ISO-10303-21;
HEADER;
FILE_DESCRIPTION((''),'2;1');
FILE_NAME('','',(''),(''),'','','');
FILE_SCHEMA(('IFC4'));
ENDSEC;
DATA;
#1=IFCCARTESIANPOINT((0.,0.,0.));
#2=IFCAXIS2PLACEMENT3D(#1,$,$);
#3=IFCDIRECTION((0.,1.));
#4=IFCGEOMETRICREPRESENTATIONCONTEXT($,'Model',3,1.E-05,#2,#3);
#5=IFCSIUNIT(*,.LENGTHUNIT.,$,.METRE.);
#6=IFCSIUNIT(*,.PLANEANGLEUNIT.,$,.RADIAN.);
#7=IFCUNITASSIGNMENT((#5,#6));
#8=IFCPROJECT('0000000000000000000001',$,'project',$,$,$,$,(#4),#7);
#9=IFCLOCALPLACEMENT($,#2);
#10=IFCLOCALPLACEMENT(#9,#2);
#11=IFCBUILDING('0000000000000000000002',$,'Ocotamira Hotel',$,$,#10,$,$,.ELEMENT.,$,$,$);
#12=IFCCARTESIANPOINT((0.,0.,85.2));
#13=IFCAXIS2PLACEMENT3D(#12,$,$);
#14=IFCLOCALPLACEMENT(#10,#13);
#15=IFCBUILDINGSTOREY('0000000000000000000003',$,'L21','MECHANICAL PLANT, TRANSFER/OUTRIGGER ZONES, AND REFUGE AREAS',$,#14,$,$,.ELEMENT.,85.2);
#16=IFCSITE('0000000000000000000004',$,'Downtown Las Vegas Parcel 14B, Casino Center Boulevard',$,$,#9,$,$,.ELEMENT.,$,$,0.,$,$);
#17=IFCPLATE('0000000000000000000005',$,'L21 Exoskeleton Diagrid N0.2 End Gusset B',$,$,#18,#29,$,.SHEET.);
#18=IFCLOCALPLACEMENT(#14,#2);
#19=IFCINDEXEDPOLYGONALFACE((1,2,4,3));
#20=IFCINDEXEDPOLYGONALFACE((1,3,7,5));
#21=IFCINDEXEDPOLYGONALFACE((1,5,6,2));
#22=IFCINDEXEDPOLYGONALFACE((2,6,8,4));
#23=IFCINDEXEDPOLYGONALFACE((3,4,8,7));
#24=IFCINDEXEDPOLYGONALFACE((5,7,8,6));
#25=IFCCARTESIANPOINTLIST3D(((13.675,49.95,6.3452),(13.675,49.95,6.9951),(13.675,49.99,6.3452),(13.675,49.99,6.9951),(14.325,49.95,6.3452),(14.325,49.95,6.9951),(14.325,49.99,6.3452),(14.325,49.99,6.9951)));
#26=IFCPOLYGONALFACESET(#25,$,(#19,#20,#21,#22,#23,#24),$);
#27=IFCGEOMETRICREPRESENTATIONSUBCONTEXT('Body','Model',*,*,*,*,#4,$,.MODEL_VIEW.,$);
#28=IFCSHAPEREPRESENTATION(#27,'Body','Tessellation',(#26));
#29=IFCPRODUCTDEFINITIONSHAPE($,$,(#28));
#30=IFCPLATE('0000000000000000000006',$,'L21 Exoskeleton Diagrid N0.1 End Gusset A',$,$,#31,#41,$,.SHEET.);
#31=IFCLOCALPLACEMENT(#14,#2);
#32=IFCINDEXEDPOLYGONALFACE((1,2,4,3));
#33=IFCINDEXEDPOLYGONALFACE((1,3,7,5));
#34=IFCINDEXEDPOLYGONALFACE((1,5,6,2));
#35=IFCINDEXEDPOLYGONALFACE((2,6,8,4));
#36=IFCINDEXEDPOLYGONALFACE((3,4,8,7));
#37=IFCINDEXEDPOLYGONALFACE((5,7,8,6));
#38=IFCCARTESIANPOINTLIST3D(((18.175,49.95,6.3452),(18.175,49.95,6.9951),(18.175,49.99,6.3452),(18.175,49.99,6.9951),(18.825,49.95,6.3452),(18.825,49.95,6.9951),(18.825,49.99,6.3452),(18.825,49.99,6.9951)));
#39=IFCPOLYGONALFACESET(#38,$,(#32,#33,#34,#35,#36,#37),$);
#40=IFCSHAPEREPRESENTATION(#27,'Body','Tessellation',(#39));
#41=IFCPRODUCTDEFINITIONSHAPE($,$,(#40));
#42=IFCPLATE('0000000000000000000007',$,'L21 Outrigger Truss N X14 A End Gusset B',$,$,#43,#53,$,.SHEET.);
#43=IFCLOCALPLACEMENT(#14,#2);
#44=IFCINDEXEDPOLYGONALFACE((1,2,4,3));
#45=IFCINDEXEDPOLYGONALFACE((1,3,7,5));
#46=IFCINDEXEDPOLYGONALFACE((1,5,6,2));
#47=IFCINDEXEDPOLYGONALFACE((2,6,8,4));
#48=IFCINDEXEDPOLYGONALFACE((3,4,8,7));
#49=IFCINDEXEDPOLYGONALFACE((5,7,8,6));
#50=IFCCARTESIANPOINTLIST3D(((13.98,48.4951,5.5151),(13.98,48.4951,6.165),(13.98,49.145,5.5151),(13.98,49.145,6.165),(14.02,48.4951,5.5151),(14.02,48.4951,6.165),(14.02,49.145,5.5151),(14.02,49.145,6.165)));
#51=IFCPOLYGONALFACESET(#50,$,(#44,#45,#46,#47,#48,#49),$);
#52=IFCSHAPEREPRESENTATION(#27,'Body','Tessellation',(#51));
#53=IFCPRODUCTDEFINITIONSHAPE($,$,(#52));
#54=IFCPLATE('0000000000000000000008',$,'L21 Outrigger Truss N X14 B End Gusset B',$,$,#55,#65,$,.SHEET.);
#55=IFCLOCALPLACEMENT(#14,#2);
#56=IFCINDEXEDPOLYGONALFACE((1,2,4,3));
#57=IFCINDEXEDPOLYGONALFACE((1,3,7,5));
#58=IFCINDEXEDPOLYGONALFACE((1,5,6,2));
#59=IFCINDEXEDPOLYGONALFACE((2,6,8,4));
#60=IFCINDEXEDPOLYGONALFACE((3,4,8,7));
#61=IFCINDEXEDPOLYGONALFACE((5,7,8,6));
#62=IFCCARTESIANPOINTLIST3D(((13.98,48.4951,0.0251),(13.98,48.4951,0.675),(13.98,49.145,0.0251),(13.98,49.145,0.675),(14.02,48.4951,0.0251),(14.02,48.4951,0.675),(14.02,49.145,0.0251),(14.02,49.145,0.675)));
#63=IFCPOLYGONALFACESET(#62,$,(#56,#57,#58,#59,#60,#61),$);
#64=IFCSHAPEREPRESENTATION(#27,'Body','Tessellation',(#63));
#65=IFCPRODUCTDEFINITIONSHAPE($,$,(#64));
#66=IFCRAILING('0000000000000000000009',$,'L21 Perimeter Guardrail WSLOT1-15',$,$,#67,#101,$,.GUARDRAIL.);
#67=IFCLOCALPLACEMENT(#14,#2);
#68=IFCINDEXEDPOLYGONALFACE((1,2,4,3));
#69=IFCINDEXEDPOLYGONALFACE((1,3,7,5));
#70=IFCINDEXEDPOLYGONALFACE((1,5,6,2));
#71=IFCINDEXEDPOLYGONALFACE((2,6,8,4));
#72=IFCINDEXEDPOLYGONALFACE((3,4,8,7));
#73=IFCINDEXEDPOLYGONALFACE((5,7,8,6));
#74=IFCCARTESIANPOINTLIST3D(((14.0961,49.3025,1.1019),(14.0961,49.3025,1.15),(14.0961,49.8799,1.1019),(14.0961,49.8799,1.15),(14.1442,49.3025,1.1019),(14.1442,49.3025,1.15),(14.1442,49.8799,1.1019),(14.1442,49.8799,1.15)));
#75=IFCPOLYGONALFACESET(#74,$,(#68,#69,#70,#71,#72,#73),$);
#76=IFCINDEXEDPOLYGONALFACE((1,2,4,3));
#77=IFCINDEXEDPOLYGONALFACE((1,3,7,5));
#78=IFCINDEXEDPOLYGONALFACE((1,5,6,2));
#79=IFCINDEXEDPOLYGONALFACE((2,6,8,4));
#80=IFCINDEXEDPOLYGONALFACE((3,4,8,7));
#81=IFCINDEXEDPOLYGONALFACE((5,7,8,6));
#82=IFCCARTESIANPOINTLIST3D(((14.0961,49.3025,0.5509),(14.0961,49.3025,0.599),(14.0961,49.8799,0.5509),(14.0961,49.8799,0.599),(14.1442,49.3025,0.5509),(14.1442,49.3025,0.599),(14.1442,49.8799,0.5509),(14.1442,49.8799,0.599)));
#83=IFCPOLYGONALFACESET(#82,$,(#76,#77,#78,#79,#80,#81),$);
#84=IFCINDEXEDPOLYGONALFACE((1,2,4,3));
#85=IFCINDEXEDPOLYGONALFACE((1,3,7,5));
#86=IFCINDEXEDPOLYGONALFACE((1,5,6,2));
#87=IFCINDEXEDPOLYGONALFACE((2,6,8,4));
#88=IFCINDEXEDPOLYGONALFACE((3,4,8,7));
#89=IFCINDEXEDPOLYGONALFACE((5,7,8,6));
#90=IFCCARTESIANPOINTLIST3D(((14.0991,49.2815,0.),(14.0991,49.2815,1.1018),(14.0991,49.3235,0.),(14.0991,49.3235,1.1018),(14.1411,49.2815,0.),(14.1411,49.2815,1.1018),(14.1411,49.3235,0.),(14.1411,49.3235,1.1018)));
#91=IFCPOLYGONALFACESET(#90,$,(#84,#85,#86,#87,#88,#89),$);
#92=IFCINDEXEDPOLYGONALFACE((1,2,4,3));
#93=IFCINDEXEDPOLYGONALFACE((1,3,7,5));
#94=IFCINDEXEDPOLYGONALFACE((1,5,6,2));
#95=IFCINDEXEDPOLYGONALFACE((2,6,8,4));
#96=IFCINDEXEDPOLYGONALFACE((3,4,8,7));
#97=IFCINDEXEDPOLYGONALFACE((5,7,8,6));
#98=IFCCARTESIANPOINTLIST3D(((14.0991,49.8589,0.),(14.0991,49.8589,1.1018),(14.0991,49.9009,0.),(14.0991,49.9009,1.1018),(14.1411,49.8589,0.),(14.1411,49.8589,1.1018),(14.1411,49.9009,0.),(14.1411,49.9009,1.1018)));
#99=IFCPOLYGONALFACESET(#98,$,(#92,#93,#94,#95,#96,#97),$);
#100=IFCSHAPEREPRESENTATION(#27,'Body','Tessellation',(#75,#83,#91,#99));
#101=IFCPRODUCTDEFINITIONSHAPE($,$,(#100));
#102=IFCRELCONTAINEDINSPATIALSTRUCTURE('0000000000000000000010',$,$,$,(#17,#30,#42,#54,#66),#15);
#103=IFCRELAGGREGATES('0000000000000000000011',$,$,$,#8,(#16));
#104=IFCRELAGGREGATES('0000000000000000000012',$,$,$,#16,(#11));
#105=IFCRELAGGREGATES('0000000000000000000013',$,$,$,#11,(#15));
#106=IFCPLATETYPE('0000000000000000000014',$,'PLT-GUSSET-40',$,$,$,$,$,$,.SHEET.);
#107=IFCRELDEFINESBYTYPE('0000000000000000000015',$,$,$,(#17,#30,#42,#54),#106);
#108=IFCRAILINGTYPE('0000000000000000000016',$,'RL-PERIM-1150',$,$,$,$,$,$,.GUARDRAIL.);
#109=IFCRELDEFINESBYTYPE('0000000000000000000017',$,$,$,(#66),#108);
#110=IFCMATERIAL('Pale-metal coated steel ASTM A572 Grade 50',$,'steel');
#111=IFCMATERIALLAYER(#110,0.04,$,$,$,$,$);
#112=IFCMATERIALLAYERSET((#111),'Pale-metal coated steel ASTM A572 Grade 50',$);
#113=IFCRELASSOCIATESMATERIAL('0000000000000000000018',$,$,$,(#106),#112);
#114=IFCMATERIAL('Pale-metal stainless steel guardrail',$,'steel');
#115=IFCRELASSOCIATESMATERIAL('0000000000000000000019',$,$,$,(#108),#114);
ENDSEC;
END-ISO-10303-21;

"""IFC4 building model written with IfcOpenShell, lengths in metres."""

from ifc_helpers import new_model, si_unit, direction, frame, origin, origin_2d, place, context, subcontext, project, spatial, rectangle, extrude, source, transform, mapped, material, layer, layer_set, type_object, element, save


model = new_model("IFC4")

# Units and contexts
model_context = context("Model", 3, precision=1e-05, world=origin(), true_north=direction((0.0, 1.0)))
body_context = subcontext(model_context, "Body", "Model", "MODEL_VIEW")
ifc_project = project(units=[si_unit("LENGTHUNIT", "METRE"), si_unit("PLANEANGLEUNIT", "RADIAN")], contexts=[model_context])

# Site, building, storey
site_placement = place(None, origin())
site = spatial("IfcSite", under=ifc_project, at=site_placement, Name="Downtown Las Vegas Parcel 14B, Casino Center Boulevard", CompositionType="ELEMENT", RefElevation=0.0)
building_placement = place(site_placement, origin())
building = spatial("IfcBuilding", under=site, at=building_placement, Name="Ocotamira Hotel", CompositionType="ELEMENT")
storey_placement = place(building_placement, frame((0.0, 0.0, 85.2)))
storey = spatial("IfcBuildingStorey", under=building, at=storey_placement, Name="L21", Description="MECHANICAL PLANT, TRANSFER/OUTRIGGER ZONES, AND REFUGE AREAS", CompositionType="ELEMENT", Elevation=85.2)

# Plates
ifc_material_1 = material(Name="Pale-metal coated steel ASTM A572 Grade 50", Category="steel")
ifc_layer = layer(ifc_material_1, 0.04)
ifc_layer_set = layer_set([ifc_layer], Name="Pale-metal coated steel ASTM A572 Grade 50")
plate_type = type_object("IfcPlateType", Name="PLT-GUSSET-40", PredefinedType="SHEET", material=ifc_layer_set)
shared_shape_1 = source(origin(), body_context, "Body", "SweptSolid", [
    extrude(rectangle(XDim=0.6499, YDim=0.04, at=origin_2d()), origin(), (0.0, 0.0, 1.0), 0.6499),
])
for number, where, z_axis, x_axis, name in (
    (1, (14.0, 49.97, 6.3452), (0.0, 0.0, 1.0), (-1.0, 0.0, 0.0), "L21 Exoskeleton Diagrid N0.2 End Gusset B"),
    (2, (18.5, 49.97, 6.3452), (0.0, 0.0, 1.0), (-1.0, 0.0, 0.0), "L21 Exoskeleton Diagrid N0.1 End Gusset A"),
):
    element("IfcPlate", number, at=place(storey_placement, frame(where, z_axis=z_axis, x_axis=x_axis)), inside=storey, type_object=plate_type, Name=name, PredefinedType="SHEET", context=body_context, shape_type="MappedRepresentation", body=[
        mapped(shared_shape_1, transform((0.0, 0.0, 0.0), scale=1.0)),
    ])
shared_shape_2 = source(origin(), body_context, "Body", "SweptSolid", [
    extrude(rectangle(XDim=0.04, YDim=0.6499, at=origin_2d()), origin(), (0.0, 0.0, 1.0), 0.6499),
])
for number, where, z_axis, x_axis, name in (
    (3, (14.0, 48.8201, 5.5151), (0.0, 0.0, 1.0), (1.0, 0.0, 0.0), "L21 Outrigger Truss N X14 A End Gusset B"),
    (4, (14.0, 48.8201, 0.0251), (0.0, 0.0, 1.0), (1.0, 0.0, 0.0), "L21 Outrigger Truss N X14 B End Gusset B"),
):
    element("IfcPlate", number, at=place(storey_placement, frame(where, z_axis=z_axis, x_axis=x_axis)), inside=storey, type_object=plate_type, Name=name, PredefinedType="SHEET", context=body_context, shape_type="MappedRepresentation", body=[
        mapped(shared_shape_2, transform((0.0, 0.0, 0.0), scale=1.0)),
    ])

# Railing
ifc_material_2 = material(Name="Pale-metal stainless steel guardrail", Category="steel")
railing_type = type_object("IfcRailingType", Name="RL-PERIM-1150", PredefinedType="GUARDRAIL", material=ifc_material_2)
railing_1_placement = place(storey_placement, frame((14.1201, 49.3025, 0.0)))
element("IfcRailing", 5, at=railing_1_placement, inside=storey, type_object=railing_type, Name="L21 Perimeter Guardrail WSLOT1-15", PredefinedType="GUARDRAIL", context=body_context, shape_type="SweptSolid", body=[
    extrude(rectangle(XDim=0.0481, YDim=0.0481, at=origin_2d()), frame((0.0, 0.0, 1.126), z_axis=(0.0, 1.0, 0.0), x_axis=(-1.0, 0.0, 0.0)), (0.0, 0.0, 1.0), 0.5774),
    extrude(rectangle(XDim=0.0481, YDim=0.0481, at=origin_2d()), frame((0.0, 0.0, 0.575), z_axis=(0.0, 1.0, 0.0), x_axis=(-1.0, 0.0, 0.0)), (0.0, 0.0, 1.0), 0.5774),
    extrude(rectangle(XDim=0.042, YDim=0.042, at=origin_2d()), origin(), (0.0, 0.0, 1.0), 1.1018),
    extrude(rectangle(XDim=0.042, YDim=0.042, at=origin_2d()), frame((0.0, 0.5774, 0.0)), (0.0, 0.0, 1.0), 1.1018),
])

save(model, "model.ifc")
